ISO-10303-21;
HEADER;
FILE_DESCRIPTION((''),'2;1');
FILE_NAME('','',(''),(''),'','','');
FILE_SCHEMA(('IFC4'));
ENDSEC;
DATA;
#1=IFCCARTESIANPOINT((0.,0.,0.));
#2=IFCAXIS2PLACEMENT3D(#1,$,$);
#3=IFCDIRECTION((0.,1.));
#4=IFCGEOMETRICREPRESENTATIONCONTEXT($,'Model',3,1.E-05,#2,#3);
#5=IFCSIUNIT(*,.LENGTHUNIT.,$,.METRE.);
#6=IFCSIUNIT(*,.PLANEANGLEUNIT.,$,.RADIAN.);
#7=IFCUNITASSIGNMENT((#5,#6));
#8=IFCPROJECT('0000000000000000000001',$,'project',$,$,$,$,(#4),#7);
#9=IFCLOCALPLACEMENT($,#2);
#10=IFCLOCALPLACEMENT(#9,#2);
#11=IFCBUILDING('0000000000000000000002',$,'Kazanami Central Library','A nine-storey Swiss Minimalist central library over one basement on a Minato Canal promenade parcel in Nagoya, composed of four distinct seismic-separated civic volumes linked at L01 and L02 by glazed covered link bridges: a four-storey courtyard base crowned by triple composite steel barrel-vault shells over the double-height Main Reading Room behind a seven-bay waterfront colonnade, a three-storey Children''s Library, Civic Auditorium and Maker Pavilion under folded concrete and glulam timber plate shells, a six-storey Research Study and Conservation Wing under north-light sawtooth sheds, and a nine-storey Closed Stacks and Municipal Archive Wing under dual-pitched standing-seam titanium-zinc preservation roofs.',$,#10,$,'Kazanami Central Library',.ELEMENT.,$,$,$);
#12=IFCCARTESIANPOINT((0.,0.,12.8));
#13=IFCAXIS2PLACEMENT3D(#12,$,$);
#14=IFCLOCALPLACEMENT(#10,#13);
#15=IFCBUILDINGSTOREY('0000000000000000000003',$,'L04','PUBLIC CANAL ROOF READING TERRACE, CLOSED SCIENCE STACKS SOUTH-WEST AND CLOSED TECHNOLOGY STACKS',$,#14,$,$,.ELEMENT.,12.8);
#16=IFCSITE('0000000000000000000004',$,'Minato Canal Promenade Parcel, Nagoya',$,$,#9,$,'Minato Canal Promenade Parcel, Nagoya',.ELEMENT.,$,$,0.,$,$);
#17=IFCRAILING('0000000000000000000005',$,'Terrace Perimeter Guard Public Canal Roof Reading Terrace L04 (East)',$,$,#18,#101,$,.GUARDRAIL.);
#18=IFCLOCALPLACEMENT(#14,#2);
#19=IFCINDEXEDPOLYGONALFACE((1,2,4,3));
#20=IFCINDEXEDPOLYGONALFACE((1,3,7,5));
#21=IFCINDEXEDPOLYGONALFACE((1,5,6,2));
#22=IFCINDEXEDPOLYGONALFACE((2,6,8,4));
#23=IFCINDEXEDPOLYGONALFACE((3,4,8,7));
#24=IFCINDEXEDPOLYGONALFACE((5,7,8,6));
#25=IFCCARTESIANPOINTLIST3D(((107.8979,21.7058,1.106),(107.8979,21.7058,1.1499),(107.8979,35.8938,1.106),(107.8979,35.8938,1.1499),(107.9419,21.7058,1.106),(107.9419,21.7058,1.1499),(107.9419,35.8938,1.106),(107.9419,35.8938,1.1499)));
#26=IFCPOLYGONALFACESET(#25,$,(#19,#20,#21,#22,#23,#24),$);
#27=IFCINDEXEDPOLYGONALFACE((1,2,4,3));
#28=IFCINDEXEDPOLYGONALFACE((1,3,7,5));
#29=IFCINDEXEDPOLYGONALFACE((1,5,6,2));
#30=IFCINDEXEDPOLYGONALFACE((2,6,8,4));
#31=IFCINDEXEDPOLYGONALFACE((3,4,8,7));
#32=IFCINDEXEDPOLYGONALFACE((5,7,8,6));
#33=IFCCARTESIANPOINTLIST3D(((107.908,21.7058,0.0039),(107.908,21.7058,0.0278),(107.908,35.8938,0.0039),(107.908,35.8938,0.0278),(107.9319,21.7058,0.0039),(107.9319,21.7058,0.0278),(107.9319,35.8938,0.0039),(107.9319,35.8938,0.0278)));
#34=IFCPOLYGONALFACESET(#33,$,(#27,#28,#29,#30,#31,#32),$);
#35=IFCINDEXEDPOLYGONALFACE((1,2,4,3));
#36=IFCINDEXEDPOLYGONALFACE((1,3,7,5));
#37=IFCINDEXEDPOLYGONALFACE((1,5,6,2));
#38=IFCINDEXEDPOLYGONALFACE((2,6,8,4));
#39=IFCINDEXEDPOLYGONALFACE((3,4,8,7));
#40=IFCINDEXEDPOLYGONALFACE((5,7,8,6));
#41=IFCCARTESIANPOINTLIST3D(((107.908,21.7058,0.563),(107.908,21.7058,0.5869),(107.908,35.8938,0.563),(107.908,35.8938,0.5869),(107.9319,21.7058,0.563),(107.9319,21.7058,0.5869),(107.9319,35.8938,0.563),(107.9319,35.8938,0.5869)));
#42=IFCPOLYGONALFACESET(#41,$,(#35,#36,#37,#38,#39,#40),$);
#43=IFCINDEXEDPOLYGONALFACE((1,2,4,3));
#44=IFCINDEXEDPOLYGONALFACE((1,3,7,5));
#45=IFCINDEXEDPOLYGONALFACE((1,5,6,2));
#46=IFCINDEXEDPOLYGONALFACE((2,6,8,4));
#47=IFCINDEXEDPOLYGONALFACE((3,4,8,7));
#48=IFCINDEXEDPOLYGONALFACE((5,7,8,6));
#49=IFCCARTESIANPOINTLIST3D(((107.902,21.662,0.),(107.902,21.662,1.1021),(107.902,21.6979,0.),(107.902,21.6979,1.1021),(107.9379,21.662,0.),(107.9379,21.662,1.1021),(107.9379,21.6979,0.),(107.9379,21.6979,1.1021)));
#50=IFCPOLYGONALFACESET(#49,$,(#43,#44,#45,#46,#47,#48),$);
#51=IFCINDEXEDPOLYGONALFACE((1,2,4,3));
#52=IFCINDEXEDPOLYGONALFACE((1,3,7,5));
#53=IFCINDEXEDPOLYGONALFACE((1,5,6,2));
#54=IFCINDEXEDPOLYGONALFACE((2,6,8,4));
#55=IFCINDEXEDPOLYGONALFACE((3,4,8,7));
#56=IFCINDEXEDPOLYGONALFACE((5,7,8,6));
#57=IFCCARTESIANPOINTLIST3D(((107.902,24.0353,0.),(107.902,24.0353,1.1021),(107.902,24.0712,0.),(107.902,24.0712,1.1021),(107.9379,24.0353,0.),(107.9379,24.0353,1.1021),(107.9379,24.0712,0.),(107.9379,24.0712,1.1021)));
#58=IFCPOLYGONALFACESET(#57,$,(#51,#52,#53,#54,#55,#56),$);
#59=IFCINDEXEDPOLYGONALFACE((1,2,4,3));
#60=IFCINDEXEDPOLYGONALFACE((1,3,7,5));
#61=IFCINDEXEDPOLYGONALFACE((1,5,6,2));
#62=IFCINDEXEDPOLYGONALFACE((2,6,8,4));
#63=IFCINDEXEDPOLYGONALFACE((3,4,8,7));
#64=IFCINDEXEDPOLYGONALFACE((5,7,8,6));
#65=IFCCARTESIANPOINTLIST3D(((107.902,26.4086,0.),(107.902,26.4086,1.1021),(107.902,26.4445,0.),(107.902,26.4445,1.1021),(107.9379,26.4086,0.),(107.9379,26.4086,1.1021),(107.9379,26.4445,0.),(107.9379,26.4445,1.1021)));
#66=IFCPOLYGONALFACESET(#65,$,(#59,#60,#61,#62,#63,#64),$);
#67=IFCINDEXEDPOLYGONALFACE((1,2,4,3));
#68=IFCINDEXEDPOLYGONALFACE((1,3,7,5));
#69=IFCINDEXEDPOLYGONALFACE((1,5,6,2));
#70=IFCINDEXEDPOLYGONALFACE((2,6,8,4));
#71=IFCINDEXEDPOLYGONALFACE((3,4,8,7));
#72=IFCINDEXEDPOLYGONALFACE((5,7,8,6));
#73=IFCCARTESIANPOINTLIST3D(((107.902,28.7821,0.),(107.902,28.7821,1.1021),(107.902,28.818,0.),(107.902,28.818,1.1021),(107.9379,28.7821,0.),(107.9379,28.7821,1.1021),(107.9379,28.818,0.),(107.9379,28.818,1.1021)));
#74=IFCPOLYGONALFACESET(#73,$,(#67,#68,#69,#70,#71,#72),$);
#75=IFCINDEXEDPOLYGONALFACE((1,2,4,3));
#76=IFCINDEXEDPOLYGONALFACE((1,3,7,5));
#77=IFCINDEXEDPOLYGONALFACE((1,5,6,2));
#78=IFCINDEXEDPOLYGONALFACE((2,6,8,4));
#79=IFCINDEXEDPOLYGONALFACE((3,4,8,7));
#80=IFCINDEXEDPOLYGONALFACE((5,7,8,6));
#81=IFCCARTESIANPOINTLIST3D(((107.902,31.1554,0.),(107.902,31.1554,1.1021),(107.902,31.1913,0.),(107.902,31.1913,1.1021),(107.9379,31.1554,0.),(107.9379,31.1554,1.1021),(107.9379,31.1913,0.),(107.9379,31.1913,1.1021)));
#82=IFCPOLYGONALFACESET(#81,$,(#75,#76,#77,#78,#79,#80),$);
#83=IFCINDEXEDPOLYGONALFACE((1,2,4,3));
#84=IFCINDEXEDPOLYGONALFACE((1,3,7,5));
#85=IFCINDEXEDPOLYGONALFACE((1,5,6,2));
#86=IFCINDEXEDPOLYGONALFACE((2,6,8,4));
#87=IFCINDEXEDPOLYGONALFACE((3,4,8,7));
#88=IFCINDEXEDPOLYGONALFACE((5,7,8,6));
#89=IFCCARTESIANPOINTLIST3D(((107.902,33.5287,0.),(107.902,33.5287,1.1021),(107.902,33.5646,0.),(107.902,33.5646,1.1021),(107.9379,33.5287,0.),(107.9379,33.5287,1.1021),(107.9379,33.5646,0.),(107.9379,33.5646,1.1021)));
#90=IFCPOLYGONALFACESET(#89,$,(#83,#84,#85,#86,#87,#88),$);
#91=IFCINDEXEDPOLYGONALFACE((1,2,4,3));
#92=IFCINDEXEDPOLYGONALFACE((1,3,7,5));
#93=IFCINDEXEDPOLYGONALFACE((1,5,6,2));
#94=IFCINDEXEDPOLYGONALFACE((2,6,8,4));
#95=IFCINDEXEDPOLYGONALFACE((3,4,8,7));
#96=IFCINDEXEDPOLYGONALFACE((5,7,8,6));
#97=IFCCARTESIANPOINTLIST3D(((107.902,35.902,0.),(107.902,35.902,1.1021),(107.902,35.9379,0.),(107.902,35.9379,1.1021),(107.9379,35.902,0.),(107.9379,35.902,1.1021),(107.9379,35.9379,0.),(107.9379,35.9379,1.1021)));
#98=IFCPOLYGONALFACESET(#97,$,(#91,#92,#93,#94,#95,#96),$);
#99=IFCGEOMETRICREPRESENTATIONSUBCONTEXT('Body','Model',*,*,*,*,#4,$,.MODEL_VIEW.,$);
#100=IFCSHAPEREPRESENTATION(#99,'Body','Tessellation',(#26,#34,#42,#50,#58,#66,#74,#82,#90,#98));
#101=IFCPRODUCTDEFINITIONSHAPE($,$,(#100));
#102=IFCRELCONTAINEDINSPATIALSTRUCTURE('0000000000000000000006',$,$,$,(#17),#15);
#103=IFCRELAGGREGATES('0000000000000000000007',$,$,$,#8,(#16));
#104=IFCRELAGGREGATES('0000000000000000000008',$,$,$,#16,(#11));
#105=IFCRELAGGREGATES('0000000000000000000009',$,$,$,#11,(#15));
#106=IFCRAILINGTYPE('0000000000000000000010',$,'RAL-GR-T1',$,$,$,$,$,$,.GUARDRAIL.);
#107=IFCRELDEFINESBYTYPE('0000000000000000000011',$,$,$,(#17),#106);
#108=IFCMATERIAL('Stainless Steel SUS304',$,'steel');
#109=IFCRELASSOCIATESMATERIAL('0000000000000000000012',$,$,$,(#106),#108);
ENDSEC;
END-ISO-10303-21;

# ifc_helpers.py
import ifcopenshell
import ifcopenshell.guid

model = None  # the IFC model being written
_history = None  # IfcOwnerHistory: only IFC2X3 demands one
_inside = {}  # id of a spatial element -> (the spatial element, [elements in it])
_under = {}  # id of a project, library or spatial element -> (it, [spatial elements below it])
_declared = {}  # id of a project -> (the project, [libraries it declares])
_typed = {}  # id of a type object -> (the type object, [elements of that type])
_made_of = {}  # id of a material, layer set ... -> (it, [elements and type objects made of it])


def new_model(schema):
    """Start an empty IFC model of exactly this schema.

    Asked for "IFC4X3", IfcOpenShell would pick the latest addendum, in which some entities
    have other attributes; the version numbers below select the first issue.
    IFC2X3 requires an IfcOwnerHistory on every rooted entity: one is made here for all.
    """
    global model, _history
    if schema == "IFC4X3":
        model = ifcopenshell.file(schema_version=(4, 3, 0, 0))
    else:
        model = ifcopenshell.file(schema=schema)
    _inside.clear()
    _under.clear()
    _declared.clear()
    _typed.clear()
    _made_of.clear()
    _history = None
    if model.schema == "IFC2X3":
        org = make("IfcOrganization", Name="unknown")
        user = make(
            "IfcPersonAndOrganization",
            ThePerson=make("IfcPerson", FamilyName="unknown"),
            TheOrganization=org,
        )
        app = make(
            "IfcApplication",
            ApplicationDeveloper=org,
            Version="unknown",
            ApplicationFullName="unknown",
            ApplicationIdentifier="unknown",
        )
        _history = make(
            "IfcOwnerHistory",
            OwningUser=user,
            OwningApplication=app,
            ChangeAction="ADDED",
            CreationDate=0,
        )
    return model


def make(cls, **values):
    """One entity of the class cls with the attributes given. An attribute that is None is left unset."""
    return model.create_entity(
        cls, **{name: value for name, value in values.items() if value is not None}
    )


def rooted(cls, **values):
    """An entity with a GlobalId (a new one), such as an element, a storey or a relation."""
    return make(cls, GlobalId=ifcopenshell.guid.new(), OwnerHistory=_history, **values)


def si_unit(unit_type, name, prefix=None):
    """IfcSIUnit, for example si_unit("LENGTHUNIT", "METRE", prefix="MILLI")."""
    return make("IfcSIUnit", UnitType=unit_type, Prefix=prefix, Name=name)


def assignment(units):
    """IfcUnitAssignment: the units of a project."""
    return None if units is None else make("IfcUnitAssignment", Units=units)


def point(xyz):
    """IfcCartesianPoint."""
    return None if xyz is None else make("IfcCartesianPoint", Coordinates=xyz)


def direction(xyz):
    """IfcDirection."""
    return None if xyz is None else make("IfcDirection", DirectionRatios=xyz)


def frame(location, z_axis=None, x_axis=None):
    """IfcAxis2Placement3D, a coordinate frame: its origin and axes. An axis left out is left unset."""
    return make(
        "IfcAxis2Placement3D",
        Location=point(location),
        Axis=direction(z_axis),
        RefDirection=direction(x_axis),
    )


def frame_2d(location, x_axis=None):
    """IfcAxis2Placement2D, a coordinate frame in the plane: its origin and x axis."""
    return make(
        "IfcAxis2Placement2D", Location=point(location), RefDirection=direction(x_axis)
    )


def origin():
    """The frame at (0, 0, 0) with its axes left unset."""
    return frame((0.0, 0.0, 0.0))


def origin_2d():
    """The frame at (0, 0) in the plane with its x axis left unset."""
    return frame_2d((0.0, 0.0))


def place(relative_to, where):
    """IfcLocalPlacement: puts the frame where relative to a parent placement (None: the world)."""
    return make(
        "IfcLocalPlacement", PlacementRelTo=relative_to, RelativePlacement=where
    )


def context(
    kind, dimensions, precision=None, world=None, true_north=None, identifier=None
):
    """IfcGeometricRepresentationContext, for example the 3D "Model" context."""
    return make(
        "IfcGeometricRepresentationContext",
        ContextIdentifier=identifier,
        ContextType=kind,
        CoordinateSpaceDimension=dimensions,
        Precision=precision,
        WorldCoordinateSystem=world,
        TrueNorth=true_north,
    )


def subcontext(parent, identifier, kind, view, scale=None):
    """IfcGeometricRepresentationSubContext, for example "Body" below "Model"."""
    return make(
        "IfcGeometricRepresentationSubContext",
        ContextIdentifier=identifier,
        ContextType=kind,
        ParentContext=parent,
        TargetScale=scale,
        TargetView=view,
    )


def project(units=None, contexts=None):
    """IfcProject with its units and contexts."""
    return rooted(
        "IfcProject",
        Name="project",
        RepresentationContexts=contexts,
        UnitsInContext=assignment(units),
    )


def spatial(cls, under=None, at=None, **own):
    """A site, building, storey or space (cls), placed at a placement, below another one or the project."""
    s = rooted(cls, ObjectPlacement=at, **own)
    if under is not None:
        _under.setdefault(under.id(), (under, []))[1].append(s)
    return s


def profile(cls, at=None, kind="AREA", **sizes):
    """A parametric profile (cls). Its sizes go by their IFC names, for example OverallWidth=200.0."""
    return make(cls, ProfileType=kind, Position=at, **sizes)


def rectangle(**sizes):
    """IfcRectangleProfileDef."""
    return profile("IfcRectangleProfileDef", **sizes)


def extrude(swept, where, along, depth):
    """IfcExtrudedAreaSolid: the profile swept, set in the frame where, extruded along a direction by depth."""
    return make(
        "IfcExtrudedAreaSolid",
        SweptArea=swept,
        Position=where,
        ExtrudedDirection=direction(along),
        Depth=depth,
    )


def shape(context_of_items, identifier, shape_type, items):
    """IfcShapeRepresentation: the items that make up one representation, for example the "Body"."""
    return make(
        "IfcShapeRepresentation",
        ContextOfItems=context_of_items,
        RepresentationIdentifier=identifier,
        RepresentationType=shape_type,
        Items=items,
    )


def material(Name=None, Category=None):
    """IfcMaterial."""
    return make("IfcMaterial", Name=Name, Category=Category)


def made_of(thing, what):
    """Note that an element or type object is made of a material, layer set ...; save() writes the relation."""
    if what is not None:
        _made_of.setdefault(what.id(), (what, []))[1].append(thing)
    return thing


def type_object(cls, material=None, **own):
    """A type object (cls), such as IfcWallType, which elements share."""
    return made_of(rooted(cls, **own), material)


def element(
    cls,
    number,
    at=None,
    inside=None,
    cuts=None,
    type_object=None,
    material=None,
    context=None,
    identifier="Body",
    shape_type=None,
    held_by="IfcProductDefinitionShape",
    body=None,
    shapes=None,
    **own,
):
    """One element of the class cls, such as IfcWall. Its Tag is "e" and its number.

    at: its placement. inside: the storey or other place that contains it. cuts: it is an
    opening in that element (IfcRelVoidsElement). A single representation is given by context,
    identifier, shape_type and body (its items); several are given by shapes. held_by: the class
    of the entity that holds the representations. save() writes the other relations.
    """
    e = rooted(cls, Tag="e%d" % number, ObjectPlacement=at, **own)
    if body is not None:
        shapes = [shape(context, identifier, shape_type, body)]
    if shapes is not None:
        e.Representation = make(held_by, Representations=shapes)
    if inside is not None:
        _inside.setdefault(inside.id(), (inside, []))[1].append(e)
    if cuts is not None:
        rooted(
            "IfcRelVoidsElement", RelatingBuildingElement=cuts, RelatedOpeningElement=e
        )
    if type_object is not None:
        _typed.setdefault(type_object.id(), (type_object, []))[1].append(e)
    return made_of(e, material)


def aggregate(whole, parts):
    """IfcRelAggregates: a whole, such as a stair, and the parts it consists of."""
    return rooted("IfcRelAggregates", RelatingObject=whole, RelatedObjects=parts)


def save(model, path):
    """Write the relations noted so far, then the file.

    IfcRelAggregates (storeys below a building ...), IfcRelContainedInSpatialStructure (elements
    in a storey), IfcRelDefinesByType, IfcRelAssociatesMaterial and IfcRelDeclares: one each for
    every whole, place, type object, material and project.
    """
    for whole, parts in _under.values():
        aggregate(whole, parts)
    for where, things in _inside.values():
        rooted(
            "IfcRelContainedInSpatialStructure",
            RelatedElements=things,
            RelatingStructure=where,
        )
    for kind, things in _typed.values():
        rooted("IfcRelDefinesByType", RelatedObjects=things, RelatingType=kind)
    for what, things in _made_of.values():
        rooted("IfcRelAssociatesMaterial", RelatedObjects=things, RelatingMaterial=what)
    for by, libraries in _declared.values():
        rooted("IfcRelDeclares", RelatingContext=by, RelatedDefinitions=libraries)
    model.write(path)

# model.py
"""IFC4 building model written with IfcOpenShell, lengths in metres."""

from ifc_helpers import new_model, si_unit, direction, frame, origin, origin_2d, place, context, subcontext, project, spatial, rectangle, extrude, material, type_object, element, save


model = new_model("IFC4")

# Units and contexts
model_context = context("Model", 3, precision=1e-05, world=origin(), true_north=direction((0.0, 1.0)))
body_context = subcontext(model_context, "Body", "Model", "MODEL_VIEW")
ifc_project = project(units=[si_unit("LENGTHUNIT", "METRE"), si_unit("PLANEANGLEUNIT", "RADIAN")], contexts=[model_context])

# Site, building, storey
site_placement = place(None, origin())
site = spatial("IfcSite", under=ifc_project, at=site_placement, Name="Minato Canal Promenade Parcel, Nagoya", LongName="Minato Canal Promenade Parcel, Nagoya", CompositionType="ELEMENT", RefElevation=0.0)
building_placement = place(site_placement, origin())
building = spatial("IfcBuilding", under=site, at=building_placement, Name="Kazanami Central Library", Description="A nine-storey Swiss Minimalist central library over one basement on a Minato Canal promenade parcel in Nagoya, composed of four distinct seismic-separated civic volumes linked at L01 and L02 by glazed covered link bridges: a four-storey courtyard base crowned by triple composite steel barrel-vault shells over the double-height Main Reading Room behind a seven-bay waterfront colonnade, a three-storey Children's Library, Civic Auditorium and Maker Pavilion under folded concrete and glulam timber plate shells, a six-storey Research Study and Conservation Wing under north-light sawtooth sheds, and a nine-storey Closed Stacks and Municipal Archive Wing under dual-pitched standing-seam titanium-zinc preservation roofs.", LongName="Kazanami Central Library", CompositionType="ELEMENT")
storey_placement = place(building_placement, frame((0.0, 0.0, 12.8)))
storey = spatial("IfcBuildingStorey", under=building, at=storey_placement, Name="L04", Description="PUBLIC CANAL ROOF READING TERRACE, CLOSED SCIENCE STACKS SOUTH-WEST AND CLOSED TECHNOLOGY STACKS", CompositionType="ELEMENT", Elevation=12.8)

# Railing
ifc_material_1 = material(Name="Stainless Steel SUS304", Category="steel")
railing_type = type_object("IfcRailingType", Name="RAL-GR-T1", PredefinedType="GUARDRAIL", material=ifc_material_1)
railing_placement = place(storey_placement, frame((107.9199, 21.6799, 0.0)))
element("IfcRailing", 1, at=railing_placement, inside=storey, type_object=railing_type, Name="Terrace Perimeter Guard Public Canal Roof Reading Terrace L04 (East)", PredefinedType="GUARDRAIL", context=body_context, shape_type="SweptSolid", body=[
    extrude(rectangle(XDim=0.0439, YDim=0.0439, at=origin_2d()), frame((0.0, 0.0259, 1.1279), z_axis=(0.0, 1.0, 0.0), x_axis=(-1.0, 0.0, 0.0)), (0.0, 0.0, 1.0), 14.188),
    extrude(rectangle(XDim=0.0239, YDim=0.0239, at=origin_2d()), frame((0.0, 0.0259, 0.0159), z_axis=(0.0, 1.0, 0.0), x_axis=(-1.0, 0.0, 0.0)), (0.0, 0.0, 1.0), 14.188),
    extrude(rectangle(XDim=0.0239, YDim=0.0239, at=origin_2d()), frame((0.0, 0.0259, 0.575), z_axis=(0.0, 1.0, 0.0), x_axis=(-1.0, 0.0, 0.0)), (0.0, 0.0, 1.0), 14.188),
    extrude(rectangle(XDim=0.0359, YDim=0.0359, at=origin_2d()), origin(), (0.0, 0.0, 1.0), 1.1021),
    extrude(rectangle(XDim=0.0359, YDim=0.0359, at=origin_2d()), frame((0.0, 2.3733, 0.0)), (0.0, 0.0, 1.0), 1.1021),
    extrude(rectangle(XDim=0.0359, YDim=0.0359, at=origin_2d()), frame((0.0, 4.7466, 0.0)), (0.0, 0.0, 1.0), 1.1021),
    extrude(rectangle(XDim=0.0359, YDim=0.0359, at=origin_2d()), frame((0.0, 7.1201, 0.0)), (0.0, 0.0, 1.0), 1.1021),
    extrude(rectangle(XDim=0.0359, YDim=0.0359, at=origin_2d()), frame((0.0, 9.4934, 0.0)), (0.0, 0.0, 1.0), 1.1021),
    extrude(rectangle(XDim=0.0359, YDim=0.0359, at=origin_2d()), frame((0.0, 11.8667, 0.0)), (0.0, 0.0, 1.0), 1.1021),
    extrude(rectangle(XDim=0.0359, YDim=0.0359, at=origin_2d()), frame((0.0, 14.24, 0.0)), (0.0, 0.0, 1.0), 1.1021),
])

save(model, "model.ifc")
